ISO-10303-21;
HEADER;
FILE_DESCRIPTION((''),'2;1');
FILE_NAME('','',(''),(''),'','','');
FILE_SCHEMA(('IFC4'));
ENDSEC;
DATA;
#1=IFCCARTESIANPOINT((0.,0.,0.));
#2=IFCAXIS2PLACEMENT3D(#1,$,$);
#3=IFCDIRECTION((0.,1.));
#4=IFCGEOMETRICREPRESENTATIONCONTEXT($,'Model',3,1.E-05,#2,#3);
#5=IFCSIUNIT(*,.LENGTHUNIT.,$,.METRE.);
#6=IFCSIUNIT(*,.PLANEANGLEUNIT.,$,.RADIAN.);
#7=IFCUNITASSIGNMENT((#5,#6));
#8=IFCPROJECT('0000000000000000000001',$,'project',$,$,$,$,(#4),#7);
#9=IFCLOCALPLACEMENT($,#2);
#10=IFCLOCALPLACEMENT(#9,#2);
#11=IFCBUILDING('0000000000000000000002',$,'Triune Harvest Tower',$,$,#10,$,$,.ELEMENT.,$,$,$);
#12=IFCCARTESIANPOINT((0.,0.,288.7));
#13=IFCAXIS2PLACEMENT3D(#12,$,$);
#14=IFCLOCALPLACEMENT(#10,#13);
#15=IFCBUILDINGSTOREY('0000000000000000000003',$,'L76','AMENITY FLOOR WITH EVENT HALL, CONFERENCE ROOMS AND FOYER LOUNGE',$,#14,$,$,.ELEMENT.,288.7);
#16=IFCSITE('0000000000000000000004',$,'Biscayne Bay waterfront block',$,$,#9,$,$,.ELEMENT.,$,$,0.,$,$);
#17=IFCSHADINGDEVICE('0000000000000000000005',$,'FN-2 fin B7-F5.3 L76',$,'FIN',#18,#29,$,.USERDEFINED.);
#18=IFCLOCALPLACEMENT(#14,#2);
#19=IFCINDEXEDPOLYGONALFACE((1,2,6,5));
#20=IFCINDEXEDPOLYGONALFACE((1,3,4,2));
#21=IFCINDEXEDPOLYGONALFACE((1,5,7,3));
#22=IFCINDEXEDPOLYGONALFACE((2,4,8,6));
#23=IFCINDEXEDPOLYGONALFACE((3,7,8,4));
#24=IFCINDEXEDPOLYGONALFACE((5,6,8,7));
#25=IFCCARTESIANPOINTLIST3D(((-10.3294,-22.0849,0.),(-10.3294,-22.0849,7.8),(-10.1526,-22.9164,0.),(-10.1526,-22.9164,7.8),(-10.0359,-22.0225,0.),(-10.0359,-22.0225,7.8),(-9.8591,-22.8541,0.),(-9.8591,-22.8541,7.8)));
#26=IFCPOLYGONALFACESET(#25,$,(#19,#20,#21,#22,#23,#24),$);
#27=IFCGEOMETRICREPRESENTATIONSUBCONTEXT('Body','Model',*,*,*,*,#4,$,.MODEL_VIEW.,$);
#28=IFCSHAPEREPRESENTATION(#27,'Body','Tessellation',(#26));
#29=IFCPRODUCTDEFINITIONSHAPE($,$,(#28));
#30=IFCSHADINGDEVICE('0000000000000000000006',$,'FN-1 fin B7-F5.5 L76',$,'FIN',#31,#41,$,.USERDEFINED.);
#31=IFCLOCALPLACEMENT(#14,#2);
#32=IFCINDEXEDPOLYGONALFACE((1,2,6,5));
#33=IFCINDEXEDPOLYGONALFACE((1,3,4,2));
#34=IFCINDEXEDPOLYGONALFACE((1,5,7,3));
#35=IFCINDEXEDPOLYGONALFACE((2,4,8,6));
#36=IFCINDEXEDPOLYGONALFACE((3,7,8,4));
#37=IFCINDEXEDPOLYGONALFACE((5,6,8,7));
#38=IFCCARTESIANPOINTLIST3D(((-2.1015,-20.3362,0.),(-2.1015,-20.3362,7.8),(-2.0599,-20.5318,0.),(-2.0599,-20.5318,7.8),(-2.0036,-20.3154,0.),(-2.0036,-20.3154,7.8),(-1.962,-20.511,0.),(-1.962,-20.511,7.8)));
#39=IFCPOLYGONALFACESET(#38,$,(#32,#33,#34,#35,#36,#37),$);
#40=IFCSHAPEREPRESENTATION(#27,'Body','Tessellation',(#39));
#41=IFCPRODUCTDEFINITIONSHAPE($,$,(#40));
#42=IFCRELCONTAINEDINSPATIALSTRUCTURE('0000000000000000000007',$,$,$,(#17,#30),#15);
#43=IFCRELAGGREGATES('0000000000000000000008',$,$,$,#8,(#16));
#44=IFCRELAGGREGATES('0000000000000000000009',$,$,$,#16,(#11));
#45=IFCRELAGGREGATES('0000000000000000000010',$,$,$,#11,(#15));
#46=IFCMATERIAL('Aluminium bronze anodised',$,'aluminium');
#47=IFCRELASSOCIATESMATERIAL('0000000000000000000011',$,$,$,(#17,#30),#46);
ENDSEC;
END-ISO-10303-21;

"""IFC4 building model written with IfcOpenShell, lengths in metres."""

from ifc_helpers import new_model, si_unit, direction, frame, origin, origin_2d, place, context, subcontext, project, spatial, rectangle, extrude, source, transform, mapped, material, element, save


model = new_model("IFC4")

# Units and contexts
model_context = context("Model", 3, precision=1e-05, world=origin(), true_north=direction((0.0, 1.0)))
body_context = subcontext(model_context, "Body", "Model", "MODEL_VIEW")
ifc_project = project(units=[si_unit("LENGTHUNIT", "METRE"), si_unit("PLANEANGLEUNIT", "RADIAN")], contexts=[model_context])

# Site, building, storey
site_placement = place(None, origin())
site = spatial("IfcSite", under=ifc_project, at=site_placement, Name="Biscayne Bay waterfront block", CompositionType="ELEMENT", RefElevation=0.0)
building_placement = place(site_placement, origin())
building = spatial("IfcBuilding", under=site, at=building_placement, Name="Triune Harvest Tower", CompositionType="ELEMENT")
storey_placement = place(building_placement, frame((0.0, 0.0, 288.7)))
storey = spatial("IfcBuildingStorey", under=building, at=storey_placement, Name="L76", Description="AMENITY FLOOR WITH EVENT HALL, CONFERENCE ROOMS AND FOYER LOUNGE", CompositionType="ELEMENT", Elevation=288.7)

# Shading devices
ifc_material_1 = material(Name="Aluminium bronze anodised", Category="aluminium")
shared_shape_1 = source(origin(), body_context, "Body", "SweptSolid", [
    extrude(rectangle(XDim=0.3, YDim=0.8501, at=origin_2d()), origin(), (0.0, 0.0, 1.0), 7.8),
])
shading_device_1_placement = place(storey_placement, frame((-10.0942, -22.4695, 0.0), z_axis=(0.0, 0.0, 1.0), x_axis=(0.978148, 0.207911, 0.0)))
element("IfcShadingDevice", 1, at=shading_device_1_placement, inside=storey, material=ifc_material_1, Name="FN-2 fin B7-F5.3 L76", ObjectType="FIN", PredefinedType="USERDEFINED", context=body_context, shape_type="MappedRepresentation", body=[
    mapped(shared_shape_1, transform((0.0, 0.0, 0.0), scale=1.0)),
])
shared_shape_2 = source(origin(), body_context, "Body", "SweptSolid", [
    extrude(rectangle(XDim=0.1001, YDim=0.2, at=origin_2d()), origin(), (0.0, 0.0, 1.0), 7.8),
])
shading_device_2_placement = place(storey_placement, frame((-2.0317, -20.4236, 0.0), z_axis=(0.0, 0.0, 1.0), x_axis=(0.978148, 0.207911, 0.0)))
element("IfcShadingDevice", 2, at=shading_device_2_placement, inside=storey, material=ifc_material_1, Name="FN-1 fin B7-F5.5 L76", ObjectType="FIN", PredefinedType="USERDEFINED", context=body_context, shape_type="MappedRepresentation", body=[
    mapped(shared_shape_2, transform((0.0, 0.0, 0.0), scale=1.0)),
])

save(model, "model.ifc")
